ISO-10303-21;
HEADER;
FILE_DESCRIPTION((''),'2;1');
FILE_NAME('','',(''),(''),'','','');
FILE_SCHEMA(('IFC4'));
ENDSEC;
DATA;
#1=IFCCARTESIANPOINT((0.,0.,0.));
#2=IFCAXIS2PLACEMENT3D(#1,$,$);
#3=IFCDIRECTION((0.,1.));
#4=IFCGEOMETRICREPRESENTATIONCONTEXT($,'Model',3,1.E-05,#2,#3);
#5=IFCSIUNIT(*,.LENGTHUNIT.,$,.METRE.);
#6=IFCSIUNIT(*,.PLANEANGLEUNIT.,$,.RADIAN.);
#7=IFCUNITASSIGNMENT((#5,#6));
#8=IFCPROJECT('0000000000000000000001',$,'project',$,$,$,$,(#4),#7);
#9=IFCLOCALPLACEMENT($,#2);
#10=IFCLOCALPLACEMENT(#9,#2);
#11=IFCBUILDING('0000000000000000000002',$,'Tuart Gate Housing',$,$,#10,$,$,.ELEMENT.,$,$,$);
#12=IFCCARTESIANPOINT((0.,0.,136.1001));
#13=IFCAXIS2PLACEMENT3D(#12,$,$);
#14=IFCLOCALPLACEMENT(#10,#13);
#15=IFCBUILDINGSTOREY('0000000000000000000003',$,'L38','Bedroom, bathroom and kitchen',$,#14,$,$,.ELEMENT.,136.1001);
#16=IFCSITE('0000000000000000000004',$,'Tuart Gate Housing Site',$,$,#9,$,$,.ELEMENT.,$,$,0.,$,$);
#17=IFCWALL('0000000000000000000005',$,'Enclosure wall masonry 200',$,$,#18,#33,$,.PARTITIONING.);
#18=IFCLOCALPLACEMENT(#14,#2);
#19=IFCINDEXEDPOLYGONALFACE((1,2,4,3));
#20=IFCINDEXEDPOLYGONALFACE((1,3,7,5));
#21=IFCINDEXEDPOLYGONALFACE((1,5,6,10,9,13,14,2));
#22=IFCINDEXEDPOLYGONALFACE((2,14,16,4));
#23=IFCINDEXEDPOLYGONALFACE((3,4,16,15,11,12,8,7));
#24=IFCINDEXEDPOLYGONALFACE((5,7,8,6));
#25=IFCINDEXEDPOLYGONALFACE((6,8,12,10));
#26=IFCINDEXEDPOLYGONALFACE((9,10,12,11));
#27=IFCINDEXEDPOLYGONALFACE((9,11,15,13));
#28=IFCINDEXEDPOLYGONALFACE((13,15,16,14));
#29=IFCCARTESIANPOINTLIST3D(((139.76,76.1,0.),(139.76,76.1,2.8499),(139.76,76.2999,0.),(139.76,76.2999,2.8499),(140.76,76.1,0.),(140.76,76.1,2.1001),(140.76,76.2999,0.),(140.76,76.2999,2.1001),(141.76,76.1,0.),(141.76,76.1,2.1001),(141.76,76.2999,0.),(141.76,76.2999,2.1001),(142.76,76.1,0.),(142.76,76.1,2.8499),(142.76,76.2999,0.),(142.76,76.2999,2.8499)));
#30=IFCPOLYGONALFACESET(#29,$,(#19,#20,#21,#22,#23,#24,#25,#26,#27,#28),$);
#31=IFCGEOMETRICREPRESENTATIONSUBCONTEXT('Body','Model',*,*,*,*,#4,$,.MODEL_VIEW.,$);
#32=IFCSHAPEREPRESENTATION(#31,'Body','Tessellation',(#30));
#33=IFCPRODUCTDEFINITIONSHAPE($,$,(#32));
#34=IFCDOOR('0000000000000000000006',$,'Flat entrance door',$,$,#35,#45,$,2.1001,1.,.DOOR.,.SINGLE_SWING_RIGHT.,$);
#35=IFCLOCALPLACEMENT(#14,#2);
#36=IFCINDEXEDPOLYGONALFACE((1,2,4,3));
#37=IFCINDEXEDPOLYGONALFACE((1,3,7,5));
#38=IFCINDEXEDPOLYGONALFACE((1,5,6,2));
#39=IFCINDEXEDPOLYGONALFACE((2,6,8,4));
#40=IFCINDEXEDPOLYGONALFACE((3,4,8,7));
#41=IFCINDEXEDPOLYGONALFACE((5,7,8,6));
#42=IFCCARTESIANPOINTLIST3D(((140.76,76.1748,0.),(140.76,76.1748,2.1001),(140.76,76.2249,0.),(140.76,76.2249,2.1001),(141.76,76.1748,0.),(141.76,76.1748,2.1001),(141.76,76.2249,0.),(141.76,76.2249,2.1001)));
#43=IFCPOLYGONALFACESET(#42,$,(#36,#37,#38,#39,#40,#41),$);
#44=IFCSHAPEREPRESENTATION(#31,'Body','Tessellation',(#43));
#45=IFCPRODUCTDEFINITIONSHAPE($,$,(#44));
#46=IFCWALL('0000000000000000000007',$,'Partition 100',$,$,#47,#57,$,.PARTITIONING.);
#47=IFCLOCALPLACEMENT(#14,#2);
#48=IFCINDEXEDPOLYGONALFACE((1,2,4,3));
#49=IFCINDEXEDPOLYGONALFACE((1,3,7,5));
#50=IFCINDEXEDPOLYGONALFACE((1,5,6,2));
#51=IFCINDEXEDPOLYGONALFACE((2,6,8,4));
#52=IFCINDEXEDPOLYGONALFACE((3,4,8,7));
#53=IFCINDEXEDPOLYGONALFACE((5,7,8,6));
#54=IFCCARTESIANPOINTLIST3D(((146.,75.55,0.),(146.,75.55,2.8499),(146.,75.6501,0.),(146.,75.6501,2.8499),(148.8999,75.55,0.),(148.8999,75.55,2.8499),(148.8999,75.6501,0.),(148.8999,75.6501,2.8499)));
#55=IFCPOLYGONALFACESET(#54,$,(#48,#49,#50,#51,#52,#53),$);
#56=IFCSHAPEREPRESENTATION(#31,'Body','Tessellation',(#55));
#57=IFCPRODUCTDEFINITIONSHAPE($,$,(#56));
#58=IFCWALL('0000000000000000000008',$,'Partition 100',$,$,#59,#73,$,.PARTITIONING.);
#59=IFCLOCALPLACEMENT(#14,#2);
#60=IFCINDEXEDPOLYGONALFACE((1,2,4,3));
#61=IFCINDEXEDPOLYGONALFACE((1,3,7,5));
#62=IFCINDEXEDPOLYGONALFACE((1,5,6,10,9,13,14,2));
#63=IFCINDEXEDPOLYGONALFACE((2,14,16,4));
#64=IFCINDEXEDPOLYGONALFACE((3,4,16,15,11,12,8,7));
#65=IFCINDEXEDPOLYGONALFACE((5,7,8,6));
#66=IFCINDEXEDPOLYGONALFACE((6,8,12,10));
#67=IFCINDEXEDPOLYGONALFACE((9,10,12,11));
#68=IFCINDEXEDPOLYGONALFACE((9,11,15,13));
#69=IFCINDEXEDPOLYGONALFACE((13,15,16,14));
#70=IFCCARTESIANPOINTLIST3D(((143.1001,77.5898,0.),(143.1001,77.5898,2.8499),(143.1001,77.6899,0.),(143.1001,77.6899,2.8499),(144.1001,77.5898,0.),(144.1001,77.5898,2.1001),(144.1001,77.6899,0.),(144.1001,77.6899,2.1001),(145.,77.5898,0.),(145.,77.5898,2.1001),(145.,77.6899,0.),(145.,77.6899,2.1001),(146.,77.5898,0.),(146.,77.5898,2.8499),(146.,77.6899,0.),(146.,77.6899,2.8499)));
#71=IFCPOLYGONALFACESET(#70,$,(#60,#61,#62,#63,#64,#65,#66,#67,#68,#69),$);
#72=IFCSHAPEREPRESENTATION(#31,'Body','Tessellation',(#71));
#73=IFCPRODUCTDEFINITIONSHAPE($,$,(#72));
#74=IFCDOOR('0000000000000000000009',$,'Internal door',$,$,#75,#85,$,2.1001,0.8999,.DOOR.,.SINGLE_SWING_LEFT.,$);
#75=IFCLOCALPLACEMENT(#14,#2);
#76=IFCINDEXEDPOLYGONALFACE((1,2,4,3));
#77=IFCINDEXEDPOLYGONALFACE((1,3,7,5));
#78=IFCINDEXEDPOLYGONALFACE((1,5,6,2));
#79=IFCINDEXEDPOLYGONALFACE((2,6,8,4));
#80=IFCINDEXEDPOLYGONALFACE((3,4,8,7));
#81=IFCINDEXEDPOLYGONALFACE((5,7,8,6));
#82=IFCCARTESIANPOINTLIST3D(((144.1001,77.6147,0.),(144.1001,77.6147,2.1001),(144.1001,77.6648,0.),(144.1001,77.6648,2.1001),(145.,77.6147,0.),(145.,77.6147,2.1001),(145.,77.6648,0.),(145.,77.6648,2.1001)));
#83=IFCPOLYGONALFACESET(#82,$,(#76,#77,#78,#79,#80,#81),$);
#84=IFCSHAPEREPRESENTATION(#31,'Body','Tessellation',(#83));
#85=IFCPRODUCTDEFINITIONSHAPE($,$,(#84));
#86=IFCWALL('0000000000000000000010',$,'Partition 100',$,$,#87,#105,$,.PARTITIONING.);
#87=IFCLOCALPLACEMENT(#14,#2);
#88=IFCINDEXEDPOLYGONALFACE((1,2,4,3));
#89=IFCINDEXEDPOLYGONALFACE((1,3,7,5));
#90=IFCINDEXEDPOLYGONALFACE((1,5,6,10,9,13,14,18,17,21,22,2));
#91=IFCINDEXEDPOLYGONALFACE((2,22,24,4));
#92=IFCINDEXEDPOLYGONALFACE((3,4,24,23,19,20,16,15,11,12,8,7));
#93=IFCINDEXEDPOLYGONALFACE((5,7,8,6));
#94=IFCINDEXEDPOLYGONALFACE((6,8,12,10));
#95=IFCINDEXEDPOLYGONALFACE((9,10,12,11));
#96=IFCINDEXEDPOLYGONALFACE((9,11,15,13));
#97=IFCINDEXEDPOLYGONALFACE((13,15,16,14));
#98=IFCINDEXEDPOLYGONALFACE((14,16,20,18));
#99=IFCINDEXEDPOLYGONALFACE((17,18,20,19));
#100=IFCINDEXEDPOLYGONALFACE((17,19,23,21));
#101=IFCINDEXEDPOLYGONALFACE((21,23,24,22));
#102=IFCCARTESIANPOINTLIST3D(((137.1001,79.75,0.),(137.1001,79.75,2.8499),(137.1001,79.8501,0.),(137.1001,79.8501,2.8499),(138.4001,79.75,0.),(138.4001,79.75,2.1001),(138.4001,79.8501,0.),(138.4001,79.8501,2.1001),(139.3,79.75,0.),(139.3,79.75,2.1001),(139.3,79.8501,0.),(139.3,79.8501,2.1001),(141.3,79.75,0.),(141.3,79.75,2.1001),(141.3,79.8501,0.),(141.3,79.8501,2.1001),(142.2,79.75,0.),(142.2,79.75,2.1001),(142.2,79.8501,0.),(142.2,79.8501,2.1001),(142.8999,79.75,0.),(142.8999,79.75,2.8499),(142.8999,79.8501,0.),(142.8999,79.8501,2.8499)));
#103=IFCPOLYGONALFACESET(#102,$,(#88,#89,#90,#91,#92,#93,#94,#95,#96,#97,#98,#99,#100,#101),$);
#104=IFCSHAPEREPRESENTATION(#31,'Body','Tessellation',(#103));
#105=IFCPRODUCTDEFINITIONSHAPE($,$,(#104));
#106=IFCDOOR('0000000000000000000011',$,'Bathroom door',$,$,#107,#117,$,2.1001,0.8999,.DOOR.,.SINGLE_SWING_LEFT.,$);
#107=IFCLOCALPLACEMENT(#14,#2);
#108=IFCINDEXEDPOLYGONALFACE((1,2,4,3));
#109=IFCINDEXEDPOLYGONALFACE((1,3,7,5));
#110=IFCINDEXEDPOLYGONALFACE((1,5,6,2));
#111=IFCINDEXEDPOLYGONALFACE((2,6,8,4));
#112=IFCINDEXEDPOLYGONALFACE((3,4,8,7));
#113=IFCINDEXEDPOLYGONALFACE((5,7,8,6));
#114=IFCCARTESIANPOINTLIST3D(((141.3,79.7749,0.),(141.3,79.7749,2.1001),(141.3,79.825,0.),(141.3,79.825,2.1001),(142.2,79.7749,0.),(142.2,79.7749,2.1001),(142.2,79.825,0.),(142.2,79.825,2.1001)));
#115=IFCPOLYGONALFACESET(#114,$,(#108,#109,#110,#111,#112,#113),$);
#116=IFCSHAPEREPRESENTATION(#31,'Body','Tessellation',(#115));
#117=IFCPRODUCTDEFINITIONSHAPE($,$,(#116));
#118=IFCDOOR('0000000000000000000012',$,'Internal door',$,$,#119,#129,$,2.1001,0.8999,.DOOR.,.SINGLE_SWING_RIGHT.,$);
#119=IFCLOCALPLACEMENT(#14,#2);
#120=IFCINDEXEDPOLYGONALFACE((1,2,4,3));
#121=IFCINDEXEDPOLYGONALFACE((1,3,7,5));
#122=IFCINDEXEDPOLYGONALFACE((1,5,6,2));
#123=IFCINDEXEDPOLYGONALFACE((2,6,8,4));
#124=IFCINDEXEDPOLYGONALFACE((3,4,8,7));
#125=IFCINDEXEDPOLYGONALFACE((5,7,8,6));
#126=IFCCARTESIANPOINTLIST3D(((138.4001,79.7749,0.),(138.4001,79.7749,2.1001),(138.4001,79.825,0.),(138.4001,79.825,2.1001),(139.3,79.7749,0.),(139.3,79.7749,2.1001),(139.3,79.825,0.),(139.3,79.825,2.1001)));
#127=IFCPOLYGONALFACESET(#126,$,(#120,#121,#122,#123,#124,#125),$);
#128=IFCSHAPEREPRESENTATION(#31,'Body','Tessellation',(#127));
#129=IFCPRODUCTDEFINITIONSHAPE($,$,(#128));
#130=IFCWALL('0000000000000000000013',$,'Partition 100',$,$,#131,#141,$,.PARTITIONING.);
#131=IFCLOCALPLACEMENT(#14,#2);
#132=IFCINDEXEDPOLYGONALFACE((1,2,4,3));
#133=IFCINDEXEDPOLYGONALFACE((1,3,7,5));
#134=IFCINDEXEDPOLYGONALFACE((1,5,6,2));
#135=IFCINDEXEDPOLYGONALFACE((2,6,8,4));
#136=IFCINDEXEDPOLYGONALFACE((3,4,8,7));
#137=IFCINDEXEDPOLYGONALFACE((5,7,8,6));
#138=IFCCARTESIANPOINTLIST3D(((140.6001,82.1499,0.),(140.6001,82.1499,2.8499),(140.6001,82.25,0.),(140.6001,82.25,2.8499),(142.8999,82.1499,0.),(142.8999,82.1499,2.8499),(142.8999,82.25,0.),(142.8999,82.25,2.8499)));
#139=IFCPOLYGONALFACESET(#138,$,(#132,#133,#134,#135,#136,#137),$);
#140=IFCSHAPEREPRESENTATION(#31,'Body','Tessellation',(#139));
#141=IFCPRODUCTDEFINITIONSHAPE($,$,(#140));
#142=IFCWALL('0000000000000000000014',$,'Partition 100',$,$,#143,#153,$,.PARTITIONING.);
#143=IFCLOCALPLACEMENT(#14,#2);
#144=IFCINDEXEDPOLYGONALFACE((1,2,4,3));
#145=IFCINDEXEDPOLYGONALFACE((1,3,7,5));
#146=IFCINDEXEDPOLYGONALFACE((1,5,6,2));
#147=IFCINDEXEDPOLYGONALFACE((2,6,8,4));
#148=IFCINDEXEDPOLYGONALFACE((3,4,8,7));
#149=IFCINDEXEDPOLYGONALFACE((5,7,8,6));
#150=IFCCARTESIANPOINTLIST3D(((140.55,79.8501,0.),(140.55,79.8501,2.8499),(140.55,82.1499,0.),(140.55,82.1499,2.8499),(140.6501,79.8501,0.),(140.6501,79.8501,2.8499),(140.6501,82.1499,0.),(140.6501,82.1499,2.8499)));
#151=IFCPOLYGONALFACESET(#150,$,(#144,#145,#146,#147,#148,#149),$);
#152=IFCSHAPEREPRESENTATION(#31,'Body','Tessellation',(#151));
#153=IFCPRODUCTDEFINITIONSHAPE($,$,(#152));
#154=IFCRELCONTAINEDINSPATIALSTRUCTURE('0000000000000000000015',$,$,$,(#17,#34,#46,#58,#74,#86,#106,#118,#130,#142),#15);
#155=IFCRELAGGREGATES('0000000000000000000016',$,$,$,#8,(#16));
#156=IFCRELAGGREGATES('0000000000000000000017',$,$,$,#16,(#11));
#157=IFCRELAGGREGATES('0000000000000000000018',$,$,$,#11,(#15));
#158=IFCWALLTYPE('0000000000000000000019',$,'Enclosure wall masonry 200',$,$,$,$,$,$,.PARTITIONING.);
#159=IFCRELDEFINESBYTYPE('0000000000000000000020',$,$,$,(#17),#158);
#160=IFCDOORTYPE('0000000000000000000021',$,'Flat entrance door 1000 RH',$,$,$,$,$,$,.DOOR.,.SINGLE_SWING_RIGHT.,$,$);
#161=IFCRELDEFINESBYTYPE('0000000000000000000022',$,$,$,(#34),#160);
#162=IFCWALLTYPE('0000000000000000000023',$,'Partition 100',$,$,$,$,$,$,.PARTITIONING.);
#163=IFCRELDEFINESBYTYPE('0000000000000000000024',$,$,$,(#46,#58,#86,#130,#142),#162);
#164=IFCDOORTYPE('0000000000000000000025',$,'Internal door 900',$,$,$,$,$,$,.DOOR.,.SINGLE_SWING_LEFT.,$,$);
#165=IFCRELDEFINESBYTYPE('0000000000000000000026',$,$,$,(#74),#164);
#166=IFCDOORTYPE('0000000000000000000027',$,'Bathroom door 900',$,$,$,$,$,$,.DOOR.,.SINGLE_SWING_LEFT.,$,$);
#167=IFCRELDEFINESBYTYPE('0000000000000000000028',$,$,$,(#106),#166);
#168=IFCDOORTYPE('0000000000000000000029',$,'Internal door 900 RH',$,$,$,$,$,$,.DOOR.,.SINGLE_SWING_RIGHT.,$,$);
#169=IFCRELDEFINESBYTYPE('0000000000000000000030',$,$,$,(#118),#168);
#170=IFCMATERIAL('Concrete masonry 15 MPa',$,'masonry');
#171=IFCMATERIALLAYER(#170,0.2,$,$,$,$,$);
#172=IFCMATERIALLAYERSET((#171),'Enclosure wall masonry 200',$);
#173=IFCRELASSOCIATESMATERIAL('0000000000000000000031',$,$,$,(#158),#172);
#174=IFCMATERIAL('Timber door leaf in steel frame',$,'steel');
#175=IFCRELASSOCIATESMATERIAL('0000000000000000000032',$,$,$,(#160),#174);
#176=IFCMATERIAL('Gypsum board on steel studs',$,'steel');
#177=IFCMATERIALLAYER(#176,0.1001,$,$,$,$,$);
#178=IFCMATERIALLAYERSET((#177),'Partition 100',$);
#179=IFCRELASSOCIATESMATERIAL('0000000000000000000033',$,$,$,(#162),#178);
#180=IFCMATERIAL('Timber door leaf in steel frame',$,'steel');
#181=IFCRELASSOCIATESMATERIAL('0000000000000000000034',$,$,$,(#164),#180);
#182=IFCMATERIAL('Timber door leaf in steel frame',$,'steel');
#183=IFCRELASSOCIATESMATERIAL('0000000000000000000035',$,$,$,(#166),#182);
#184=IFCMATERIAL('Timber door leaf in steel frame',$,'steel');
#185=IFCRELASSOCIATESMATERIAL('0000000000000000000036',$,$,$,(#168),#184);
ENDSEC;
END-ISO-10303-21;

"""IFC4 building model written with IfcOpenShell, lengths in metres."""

from ifc_helpers import new_model, si_unit, direction, frame, frame_2d, origin, place, context, subcontext, project, spatial, rectangle, extrude, material, layer, layer_set, type_object, element, fill, save


model = new_model("IFC4")

# Units and contexts
model_context = context("Model", 3, precision=1e-05, world=origin(), true_north=direction((0.0, 1.0)))
body_context = subcontext(model_context, "Body", "Model", "MODEL_VIEW")
ifc_project = project(units=[si_unit("LENGTHUNIT", "METRE"), si_unit("PLANEANGLEUNIT", "RADIAN")], contexts=[model_context])

# Site, building, storey
site_placement = place(None, origin())
site = spatial("IfcSite", under=ifc_project, at=site_placement, Name="Tuart Gate Housing Site", CompositionType="ELEMENT", RefElevation=0.0)
building_placement = place(site_placement, origin())
building = spatial("IfcBuilding", under=site, at=building_placement, Name="Tuart Gate Housing", CompositionType="ELEMENT")
storey_placement = place(building_placement, frame((0.0, 0.0, 136.1001)))
storey = spatial("IfcBuildingStorey", under=building, at=storey_placement, Name="L38", Description="Bedroom, bathroom and kitchen", CompositionType="ELEMENT", Elevation=136.1001)

# Wall, opening, door
ifc_material_1 = material(Name="Concrete masonry 15 MPa", Category="masonry")
ifc_layer_1 = layer(ifc_material_1, 0.2)
ifc_layer_set_1 = layer_set([ifc_layer_1], Name="Enclosure wall masonry 200")
wall_type_1 = type_object("IfcWallType", Name="Enclosure wall masonry 200", PredefinedType="PARTITIONING", material=ifc_layer_set_1)
wall_1_placement = place(storey_placement, frame((139.76, 76.2, 0.0), z_axis=(0.0, 0.0, 1.0), x_axis=(1.0, 0.0, 0.0)))
wall_1 = element("IfcWall", 1, at=wall_1_placement, inside=storey, type_object=wall_type_1, Name="Enclosure wall masonry 200", PredefinedType="PARTITIONING", context=body_context, shape_type="SweptSolid", body=[
    extrude(rectangle(XDim=3.0, YDim=0.2, at=frame_2d((1.5, 0.0))), origin(), (0.0, 0.0, 1.0), 2.8499),
])
opening_1_placement = place(wall_1_placement, frame((1.0, 0.0, 0.0)))
opening_1 = element("IfcOpeningElement", 2, at=opening_1_placement, cuts=wall_1, PredefinedType="OPENING", context=body_context, shape_type="SweptSolid", body=[
    extrude(rectangle(XDim=1.0, YDim=2.1001, at=frame_2d((0.5, 1.05))), frame((0.0, 0.1099, 0.0), z_axis=(0.0, -1.0, 0.0), x_axis=(1.0, 0.0, 0.0)), (0.0, 0.0, 1.0), 0.22),
])
ifc_material_2 = material(Name="Timber door leaf in steel frame", Category="steel")
door_type_1 = type_object("IfcDoorType", Name="Flat entrance door 1000 RH", OperationType="SINGLE_SWING_RIGHT", PredefinedType="DOOR", material=ifc_material_2)
door_1_placement = place(opening_1_placement, origin())
door_1 = element("IfcDoor", 3, at=door_1_placement, inside=storey, type_object=door_type_1, Name="Flat entrance door", OperationType="SINGLE_SWING_RIGHT", OverallHeight=2.1001, OverallWidth=1.0, PredefinedType="DOOR", context=body_context, shape_type="SweptSolid", body=[
    extrude(rectangle(XDim=1.0, YDim=2.1001, at=frame_2d((0.5, 1.05))), frame((0.0, 0.0249, 0.0), z_axis=(0.0, -1.0, 0.0), x_axis=(1.0, 0.0, 0.0)), (0.0, 0.0, 1.0), 0.05),
])
fill(opening_1, door_1)

# Wall
ifc_material_3 = material(Name="Gypsum board on steel studs", Category="steel")
ifc_layer_2 = layer(ifc_material_3, 0.1001)
ifc_layer_set_2 = layer_set([ifc_layer_2], Name="Partition 100")
wall_type_2 = type_object("IfcWallType", Name="Partition 100", PredefinedType="PARTITIONING", material=ifc_layer_set_2)
wall_2_placement = place(storey_placement, frame((146.0, 75.6001, 0.0), z_axis=(0.0, 0.0, 1.0), x_axis=(1.0, 0.0, 0.0)))
element("IfcWall", 4, at=wall_2_placement, inside=storey, type_object=wall_type_2, Name="Partition 100", PredefinedType="PARTITIONING", context=body_context, shape_type="SweptSolid", body=[
    extrude(rectangle(XDim=2.8999, YDim=0.1001, at=frame_2d((1.45, 0.0))), origin(), (0.0, 0.0, 1.0), 2.8499),
])

# Wall, opening, door
wall_3_placement = place(storey_placement, frame((143.1001, 77.6399, 0.0), z_axis=(0.0, 0.0, 1.0), x_axis=(1.0, 0.0, 0.0)))
wall_3 = element("IfcWall", 5, at=wall_3_placement, inside=storey, type_object=wall_type_2, Name="Partition 100", PredefinedType="PARTITIONING", context=body_context, shape_type="SweptSolid", body=[
    extrude(rectangle(XDim=2.8999, YDim=0.1001, at=frame_2d((1.45, 0.0))), origin(), (0.0, 0.0, 1.0), 2.8499),
])
opening_2_placement = place(wall_3_placement, frame((1.0, 0.0, 0.0)))
opening_2 = element("IfcOpeningElement", 6, at=opening_2_placement, cuts=wall_3, PredefinedType="OPENING", context=body_context, shape_type="SweptSolid", body=[
    extrude(rectangle(XDim=0.8999, YDim=2.1001, at=frame_2d((0.45, 1.05))), frame((0.0, 0.0601, 0.0), z_axis=(0.0, -1.0, 0.0), x_axis=(1.0, 0.0, 0.0)), (0.0, 0.0, 1.0), 0.1201),
])
ifc_material_4 = material(Name="Timber door leaf in steel frame", Category="steel")
door_type_2 = type_object("IfcDoorType", Name="Internal door 900", OperationType="SINGLE_SWING_LEFT", PredefinedType="DOOR", material=ifc_material_4)
door_2_placement = place(opening_2_placement, frame((0.8999, 0.0, 0.0), z_axis=(0.0, 0.0, 1.0), x_axis=(-1.0, 0.0, 0.0)))
door_2 = element("IfcDoor", 7, at=door_2_placement, inside=storey, type_object=door_type_2, Name="Internal door", OperationType="SINGLE_SWING_LEFT", OverallHeight=2.1001, OverallWidth=0.8999, PredefinedType="DOOR", context=body_context, shape_type="SweptSolid", body=[
    extrude(rectangle(XDim=0.8999, YDim=2.1001, at=frame_2d((0.45, 1.05))), frame((0.0, 0.0251, 0.0), z_axis=(0.0, -1.0, 0.0), x_axis=(1.0, 0.0, 0.0)), (0.0, 0.0, 1.0), 0.05),
])
fill(opening_2, door_2)

# Wall, openings, doors
wall_4_placement = place(storey_placement, frame((137.1001, 79.8, 0.0), z_axis=(0.0, 0.0, 1.0), x_axis=(1.0, 0.0, 0.0)))
wall_4 = element("IfcWall", 8, at=wall_4_placement, inside=storey, type_object=wall_type_2, Name="Partition 100", PredefinedType="PARTITIONING", context=body_context, shape_type="SweptSolid", body=[
    extrude(rectangle(XDim=5.7998, YDim=0.1001, at=frame_2d((2.8999, 0.0))), origin(), (0.0, 0.0, 1.0), 2.8499),
])
opening_3_placement = place(wall_4_placement, frame((1.3, 0.0, 0.0)))
opening_3 = element("IfcOpeningElement", 9, at=opening_3_placement, cuts=wall_4, PredefinedType="OPENING", context=body_context, shape_type="SweptSolid", body=[
    extrude(rectangle(XDim=0.8999, YDim=2.1001, at=frame_2d((0.45, 1.05))), frame((0.0, 0.0601, 0.0), z_axis=(0.0, -1.0, 0.0), x_axis=(1.0, 0.0, 0.0)), (0.0, 0.0, 1.0), 0.1201),
])
opening_4_placement = place(wall_4_placement, frame((4.2, 0.0, 0.0)))
opening_4 = element("IfcOpeningElement", 10, at=opening_4_placement, cuts=wall_4, PredefinedType="OPENING", context=body_context, shape_type="SweptSolid", body=[
    extrude(rectangle(XDim=0.8999, YDim=2.1001, at=frame_2d((0.45, 1.05))), frame((0.0, 0.0601, 0.0), z_axis=(0.0, -1.0, 0.0), x_axis=(1.0, 0.0, 0.0)), (0.0, 0.0, 1.0), 0.1201),
])
ifc_material_5 = material(Name="Timber door leaf in steel frame", Category="steel")
door_type_3 = type_object("IfcDoorType", Name="Bathroom door 900", OperationType="SINGLE_SWING_LEFT", PredefinedType="DOOR", material=ifc_material_5)
door_3_placement = place(opening_4_placement, origin())
door_3 = element("IfcDoor", 11, at=door_3_placement, inside=storey, type_object=door_type_3, Name="Bathroom door", OperationType="SINGLE_SWING_LEFT", OverallHeight=2.1001, OverallWidth=0.8999, PredefinedType="DOOR", context=body_context, shape_type="SweptSolid", body=[
    extrude(rectangle(XDim=0.8999, YDim=2.1001, at=frame_2d((0.45, 1.05))), frame((0.0, 0.0249, 0.0), z_axis=(0.0, -1.0, 0.0), x_axis=(1.0, 0.0, 0.0)), (0.0, 0.0, 1.0), 0.05),
])
fill(opening_4, door_3)
ifc_material_6 = material(Name="Timber door leaf in steel frame", Category="steel")
door_type_4 = type_object("IfcDoorType", Name="Internal door 900 RH", OperationType="SINGLE_SWING_RIGHT", PredefinedType="DOOR", material=ifc_material_6)
door_4_placement = place(opening_3_placement, origin())
door_4 = element("IfcDoor", 12, at=door_4_placement, inside=storey, type_object=door_type_4, Name="Internal door", OperationType="SINGLE_SWING_RIGHT", OverallHeight=2.1001, OverallWidth=0.8999, PredefinedType="DOOR", context=body_context, shape_type="SweptSolid", body=[
    extrude(rectangle(XDim=0.8999, YDim=2.1001, at=frame_2d((0.45, 1.05))), frame((0.0, 0.0249, 0.0), z_axis=(0.0, -1.0, 0.0), x_axis=(1.0, 0.0, 0.0)), (0.0, 0.0, 1.0), 0.05),
])
fill(opening_3, door_4)

# Walls
for number, where, z_axis, x_axis, name in (
    (13, (140.6001, 82.2, 0.0), (0.0, 0.0, 1.0), (1.0, 0.0, 0.0), "Partition 100"),
    (14, (140.6001, 79.8501, 0.0), (0.0, 0.0, 1.0), (0.0, 1.0, 0.0), "Partition 100"),
):
    element("IfcWall", number, at=place(storey_placement, frame(where, z_axis=z_axis, x_axis=x_axis)), inside=storey, type_object=wall_type_2, Name=name, PredefinedType="PARTITIONING", context=body_context, shape_type="SweptSolid", body=[
        extrude(rectangle(XDim=2.2998, YDim=0.1001, at=frame_2d((1.1499, 0.0))), origin(), (0.0, 0.0, 1.0), 2.8499),
    ])

save(model, "model.ifc")
